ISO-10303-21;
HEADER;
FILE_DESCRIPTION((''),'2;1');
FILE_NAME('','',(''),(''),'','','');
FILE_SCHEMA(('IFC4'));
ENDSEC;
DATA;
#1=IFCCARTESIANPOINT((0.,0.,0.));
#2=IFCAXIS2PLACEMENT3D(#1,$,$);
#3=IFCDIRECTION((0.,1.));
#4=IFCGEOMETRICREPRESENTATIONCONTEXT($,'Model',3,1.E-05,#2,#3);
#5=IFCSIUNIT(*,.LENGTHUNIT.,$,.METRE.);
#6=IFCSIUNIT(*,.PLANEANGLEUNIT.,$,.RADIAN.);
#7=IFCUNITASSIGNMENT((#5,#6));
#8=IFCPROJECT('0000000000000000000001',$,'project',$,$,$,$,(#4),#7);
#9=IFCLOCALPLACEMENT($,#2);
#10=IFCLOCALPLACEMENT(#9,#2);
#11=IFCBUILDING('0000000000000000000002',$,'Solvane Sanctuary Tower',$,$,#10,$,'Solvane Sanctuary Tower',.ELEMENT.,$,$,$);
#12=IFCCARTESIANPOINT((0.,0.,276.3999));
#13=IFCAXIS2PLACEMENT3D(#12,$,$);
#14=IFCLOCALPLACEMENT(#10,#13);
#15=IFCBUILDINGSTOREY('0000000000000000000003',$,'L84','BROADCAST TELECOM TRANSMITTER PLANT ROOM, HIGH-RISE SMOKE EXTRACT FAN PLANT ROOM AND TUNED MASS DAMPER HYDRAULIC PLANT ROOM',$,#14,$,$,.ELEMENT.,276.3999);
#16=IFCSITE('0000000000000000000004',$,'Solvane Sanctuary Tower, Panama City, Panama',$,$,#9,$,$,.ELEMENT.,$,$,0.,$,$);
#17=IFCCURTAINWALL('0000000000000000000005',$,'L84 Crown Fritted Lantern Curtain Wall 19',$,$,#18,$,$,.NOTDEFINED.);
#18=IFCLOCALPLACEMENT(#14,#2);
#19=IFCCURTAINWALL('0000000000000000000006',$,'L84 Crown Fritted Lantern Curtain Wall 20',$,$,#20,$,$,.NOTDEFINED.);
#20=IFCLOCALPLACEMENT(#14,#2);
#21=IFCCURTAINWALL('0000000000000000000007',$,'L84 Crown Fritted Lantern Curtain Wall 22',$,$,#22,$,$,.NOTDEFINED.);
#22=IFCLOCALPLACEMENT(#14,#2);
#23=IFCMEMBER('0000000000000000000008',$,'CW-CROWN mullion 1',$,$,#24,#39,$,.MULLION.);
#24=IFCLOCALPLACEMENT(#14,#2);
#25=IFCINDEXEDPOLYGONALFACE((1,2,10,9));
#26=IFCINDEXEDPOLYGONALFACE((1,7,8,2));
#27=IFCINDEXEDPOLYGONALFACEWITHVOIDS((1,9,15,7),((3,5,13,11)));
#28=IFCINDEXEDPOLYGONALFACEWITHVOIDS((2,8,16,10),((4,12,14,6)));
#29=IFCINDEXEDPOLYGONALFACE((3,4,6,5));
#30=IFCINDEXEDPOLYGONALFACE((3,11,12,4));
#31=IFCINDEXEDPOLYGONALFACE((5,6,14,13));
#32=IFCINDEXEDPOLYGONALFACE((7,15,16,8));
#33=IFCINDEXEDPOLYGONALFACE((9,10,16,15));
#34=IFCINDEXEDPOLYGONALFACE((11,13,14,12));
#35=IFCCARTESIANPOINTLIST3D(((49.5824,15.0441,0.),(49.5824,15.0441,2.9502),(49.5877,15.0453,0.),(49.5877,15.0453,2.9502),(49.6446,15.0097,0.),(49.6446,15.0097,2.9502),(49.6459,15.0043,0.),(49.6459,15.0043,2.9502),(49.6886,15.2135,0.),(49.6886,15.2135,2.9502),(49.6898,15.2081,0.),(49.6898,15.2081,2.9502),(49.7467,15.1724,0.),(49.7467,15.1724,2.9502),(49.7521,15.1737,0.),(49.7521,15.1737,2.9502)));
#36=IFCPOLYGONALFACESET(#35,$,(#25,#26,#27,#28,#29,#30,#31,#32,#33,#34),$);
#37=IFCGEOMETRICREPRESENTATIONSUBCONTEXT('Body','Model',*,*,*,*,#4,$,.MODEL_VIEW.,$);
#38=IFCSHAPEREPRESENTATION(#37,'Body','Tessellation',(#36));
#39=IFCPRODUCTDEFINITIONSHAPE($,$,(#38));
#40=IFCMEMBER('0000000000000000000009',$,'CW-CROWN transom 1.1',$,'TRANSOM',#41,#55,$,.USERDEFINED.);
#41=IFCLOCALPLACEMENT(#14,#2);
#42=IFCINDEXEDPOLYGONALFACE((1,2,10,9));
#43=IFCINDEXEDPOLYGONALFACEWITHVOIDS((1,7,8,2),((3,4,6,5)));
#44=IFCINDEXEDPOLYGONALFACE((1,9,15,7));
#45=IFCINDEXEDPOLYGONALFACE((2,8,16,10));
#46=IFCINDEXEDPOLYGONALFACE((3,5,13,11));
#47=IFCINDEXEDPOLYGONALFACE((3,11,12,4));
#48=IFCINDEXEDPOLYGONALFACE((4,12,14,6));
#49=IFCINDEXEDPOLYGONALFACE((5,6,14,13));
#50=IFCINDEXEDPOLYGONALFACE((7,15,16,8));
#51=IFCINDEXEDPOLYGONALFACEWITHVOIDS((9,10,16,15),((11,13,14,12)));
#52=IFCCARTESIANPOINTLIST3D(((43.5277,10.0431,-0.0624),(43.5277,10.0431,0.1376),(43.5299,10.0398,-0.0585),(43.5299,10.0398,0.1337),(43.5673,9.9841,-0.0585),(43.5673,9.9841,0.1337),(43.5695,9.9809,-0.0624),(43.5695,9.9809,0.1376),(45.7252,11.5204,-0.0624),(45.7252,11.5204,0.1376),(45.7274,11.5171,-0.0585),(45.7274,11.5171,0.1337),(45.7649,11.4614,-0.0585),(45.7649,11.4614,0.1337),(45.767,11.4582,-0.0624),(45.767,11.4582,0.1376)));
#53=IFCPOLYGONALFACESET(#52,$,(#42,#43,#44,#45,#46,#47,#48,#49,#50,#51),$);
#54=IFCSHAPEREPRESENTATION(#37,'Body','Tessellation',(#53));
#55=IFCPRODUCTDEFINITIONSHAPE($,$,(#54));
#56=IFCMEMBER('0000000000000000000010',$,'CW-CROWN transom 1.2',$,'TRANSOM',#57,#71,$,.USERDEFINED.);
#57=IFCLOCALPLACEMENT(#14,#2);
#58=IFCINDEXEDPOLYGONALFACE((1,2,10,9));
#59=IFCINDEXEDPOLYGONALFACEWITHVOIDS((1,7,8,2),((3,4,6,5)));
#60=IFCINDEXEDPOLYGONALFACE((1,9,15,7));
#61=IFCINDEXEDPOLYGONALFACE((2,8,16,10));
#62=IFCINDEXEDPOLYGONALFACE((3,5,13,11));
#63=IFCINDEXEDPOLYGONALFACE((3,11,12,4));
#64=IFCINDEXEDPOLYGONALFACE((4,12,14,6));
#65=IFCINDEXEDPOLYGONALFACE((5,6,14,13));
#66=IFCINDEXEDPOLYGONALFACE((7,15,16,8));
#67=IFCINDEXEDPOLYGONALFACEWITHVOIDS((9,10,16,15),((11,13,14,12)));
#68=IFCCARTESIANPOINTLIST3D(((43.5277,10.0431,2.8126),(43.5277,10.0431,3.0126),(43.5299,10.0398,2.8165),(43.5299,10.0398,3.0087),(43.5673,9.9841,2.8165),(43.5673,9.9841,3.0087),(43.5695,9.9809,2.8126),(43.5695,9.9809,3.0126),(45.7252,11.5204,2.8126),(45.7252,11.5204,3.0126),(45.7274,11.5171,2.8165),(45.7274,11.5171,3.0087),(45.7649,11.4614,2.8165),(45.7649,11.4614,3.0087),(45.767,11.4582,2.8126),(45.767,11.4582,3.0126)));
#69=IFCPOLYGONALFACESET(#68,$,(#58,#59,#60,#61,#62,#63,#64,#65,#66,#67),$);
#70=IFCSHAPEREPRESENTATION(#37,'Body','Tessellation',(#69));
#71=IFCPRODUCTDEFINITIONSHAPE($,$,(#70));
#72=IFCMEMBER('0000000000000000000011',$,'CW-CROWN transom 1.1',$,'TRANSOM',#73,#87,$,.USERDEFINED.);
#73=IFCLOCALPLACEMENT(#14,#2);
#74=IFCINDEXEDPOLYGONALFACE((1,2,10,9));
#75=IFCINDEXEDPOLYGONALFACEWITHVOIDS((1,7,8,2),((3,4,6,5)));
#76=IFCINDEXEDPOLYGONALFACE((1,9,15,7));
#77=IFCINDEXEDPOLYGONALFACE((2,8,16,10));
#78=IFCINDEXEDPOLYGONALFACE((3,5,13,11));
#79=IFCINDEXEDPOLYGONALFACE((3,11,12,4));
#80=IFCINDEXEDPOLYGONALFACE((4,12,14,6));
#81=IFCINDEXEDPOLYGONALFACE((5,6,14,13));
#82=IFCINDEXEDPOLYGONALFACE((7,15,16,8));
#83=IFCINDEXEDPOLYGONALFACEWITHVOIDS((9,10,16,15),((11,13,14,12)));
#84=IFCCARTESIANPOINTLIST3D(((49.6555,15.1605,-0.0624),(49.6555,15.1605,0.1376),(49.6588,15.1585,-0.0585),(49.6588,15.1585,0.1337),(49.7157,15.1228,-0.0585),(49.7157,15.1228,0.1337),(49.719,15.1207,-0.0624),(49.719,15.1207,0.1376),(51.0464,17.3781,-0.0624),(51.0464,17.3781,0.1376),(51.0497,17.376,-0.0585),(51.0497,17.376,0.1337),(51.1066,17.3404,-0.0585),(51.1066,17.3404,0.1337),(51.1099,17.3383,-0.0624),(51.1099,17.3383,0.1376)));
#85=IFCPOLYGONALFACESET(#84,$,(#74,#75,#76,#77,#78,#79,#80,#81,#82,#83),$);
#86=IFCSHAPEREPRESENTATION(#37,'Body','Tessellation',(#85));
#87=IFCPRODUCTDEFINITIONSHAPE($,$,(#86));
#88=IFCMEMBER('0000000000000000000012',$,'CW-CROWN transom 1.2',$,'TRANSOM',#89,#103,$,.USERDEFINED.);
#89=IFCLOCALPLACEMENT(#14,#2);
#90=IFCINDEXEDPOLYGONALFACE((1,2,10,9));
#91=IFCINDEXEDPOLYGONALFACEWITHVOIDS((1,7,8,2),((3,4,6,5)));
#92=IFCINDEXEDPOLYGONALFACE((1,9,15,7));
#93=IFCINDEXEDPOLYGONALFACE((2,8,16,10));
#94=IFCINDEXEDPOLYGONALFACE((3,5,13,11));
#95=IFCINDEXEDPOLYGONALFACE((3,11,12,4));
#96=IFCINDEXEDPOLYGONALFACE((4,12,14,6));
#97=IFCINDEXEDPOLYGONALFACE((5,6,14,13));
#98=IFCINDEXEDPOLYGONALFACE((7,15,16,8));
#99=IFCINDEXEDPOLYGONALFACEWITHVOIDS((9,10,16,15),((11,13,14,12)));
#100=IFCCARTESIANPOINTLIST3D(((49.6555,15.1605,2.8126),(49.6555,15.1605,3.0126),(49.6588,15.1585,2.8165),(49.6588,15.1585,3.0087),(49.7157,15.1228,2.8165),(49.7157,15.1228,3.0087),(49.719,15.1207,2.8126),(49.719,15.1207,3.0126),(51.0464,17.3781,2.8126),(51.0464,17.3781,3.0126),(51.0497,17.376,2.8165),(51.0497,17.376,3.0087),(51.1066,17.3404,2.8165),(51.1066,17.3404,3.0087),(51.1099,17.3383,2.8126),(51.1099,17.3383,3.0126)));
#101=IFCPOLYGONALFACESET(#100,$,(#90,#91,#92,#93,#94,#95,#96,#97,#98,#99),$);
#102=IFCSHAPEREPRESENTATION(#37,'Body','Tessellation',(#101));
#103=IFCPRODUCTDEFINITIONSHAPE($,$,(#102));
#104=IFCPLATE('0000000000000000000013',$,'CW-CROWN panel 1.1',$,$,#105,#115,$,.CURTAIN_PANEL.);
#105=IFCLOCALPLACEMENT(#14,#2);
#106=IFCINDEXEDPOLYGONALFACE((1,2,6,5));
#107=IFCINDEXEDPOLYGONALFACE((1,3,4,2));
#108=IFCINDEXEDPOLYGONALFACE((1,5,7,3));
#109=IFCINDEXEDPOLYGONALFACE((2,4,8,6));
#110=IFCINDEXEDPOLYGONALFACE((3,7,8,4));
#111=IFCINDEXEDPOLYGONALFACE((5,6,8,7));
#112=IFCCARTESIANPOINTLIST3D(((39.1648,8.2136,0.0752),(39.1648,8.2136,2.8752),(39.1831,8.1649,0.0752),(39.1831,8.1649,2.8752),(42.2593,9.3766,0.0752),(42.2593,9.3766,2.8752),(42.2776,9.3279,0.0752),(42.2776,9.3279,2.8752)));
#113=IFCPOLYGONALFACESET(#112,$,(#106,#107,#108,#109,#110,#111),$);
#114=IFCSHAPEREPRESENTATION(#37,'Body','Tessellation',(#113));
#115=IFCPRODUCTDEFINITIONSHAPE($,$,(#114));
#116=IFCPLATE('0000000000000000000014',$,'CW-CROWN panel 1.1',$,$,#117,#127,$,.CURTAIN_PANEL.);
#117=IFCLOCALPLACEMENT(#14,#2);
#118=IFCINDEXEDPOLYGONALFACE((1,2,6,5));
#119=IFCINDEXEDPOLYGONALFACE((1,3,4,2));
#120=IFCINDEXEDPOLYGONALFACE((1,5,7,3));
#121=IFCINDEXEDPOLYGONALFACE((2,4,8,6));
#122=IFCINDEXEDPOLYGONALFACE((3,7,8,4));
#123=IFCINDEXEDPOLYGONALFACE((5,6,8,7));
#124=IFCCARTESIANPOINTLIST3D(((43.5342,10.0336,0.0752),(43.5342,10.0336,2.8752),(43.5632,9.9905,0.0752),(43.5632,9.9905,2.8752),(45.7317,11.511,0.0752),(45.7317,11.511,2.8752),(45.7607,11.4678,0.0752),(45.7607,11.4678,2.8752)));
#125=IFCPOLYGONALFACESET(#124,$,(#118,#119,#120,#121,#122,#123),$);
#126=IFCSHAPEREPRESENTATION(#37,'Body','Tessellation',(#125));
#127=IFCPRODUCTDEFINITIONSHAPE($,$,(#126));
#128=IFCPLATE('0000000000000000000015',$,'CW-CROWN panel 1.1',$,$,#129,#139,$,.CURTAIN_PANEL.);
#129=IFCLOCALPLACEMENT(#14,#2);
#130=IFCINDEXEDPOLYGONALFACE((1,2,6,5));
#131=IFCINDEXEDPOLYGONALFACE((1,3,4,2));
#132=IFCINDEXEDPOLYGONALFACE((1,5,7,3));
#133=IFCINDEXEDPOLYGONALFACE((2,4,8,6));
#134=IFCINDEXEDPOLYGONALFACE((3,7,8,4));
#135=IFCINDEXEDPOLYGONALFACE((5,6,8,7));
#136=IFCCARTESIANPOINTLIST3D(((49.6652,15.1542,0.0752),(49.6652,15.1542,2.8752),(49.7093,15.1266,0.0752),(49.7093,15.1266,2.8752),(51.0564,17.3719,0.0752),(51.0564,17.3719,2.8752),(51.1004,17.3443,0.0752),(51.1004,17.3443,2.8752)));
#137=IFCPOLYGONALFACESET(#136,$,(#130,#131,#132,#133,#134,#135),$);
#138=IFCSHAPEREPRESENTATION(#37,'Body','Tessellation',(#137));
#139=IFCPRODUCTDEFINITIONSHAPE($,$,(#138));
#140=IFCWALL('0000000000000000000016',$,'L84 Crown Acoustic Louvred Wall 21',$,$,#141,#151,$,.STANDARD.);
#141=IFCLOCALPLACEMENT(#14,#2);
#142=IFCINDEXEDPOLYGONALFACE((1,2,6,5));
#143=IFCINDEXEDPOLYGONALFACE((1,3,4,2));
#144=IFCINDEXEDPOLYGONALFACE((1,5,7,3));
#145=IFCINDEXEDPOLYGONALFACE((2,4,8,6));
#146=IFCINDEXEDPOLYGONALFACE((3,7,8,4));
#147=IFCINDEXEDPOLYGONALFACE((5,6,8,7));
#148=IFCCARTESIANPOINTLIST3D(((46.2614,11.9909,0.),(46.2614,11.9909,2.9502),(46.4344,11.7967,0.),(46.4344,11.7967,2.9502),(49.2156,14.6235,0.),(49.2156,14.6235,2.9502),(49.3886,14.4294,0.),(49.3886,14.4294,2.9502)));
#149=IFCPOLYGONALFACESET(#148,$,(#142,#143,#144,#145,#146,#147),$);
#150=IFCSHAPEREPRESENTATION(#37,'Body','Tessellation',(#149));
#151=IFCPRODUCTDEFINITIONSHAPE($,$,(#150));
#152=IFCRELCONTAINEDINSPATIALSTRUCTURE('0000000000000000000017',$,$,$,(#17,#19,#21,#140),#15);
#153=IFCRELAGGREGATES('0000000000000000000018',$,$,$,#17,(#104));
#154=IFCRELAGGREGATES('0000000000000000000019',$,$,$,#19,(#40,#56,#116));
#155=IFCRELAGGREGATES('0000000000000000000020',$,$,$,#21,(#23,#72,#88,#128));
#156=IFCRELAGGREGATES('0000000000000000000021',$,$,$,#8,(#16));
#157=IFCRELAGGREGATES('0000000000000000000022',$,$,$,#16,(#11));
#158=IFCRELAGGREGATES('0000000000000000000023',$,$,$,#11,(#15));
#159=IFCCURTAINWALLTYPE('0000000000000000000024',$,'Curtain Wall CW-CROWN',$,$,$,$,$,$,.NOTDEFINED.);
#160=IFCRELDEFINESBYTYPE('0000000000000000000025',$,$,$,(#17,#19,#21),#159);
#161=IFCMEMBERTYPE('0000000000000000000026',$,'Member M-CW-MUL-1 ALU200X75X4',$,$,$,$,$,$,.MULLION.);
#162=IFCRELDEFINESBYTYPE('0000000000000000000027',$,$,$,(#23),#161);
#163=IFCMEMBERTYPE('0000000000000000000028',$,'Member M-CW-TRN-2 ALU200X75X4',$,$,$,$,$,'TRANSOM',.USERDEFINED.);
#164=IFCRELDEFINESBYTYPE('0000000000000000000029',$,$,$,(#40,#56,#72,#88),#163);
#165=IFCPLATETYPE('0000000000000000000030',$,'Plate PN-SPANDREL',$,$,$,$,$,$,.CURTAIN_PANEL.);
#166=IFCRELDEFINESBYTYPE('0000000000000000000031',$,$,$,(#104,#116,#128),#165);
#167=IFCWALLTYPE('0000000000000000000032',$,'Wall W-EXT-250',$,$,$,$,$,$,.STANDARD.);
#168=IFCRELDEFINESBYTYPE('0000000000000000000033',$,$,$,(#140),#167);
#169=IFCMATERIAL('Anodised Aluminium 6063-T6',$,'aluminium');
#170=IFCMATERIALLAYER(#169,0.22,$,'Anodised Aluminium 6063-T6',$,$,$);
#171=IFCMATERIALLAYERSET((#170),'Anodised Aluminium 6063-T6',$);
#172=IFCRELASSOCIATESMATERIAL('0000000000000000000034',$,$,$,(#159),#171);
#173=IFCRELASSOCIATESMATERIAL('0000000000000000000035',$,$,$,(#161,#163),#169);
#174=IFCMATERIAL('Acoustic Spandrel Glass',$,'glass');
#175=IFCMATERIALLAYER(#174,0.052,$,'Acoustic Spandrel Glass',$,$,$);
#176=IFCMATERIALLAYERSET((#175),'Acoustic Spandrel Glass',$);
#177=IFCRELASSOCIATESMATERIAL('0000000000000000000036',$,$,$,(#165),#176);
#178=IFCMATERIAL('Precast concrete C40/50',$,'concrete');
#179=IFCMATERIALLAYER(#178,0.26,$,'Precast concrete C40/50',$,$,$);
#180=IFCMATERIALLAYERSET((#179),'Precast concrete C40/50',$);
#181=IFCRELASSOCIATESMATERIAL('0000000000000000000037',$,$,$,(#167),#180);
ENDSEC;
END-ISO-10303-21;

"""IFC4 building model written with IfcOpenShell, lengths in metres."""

from ifc_helpers import new_model, si_unit, direction, frame, frame_2d, origin, origin_2d, place, context, subcontext, project, spatial, rectangle, hollow_rectangle, extrude, material, layer, layer_set, material_profile, profile_set, type_object, element, aggregate, save


model = new_model("IFC4")

# Units and contexts
model_context = context("Model", 3, precision=1e-05, world=origin(), true_north=direction((0.0, 1.0)))
body_context = subcontext(model_context, "Body", "Model", "MODEL_VIEW")
ifc_project = project(units=[si_unit("LENGTHUNIT", "METRE"), si_unit("PLANEANGLEUNIT", "RADIAN")], contexts=[model_context])

# Site, building, storey
site_placement = place(None, origin())
site = spatial("IfcSite", under=ifc_project, at=site_placement, Name="Solvane Sanctuary Tower, Panama City, Panama", CompositionType="ELEMENT", RefElevation=0.0)
building_placement = place(site_placement, origin())
building = spatial("IfcBuilding", under=site, at=building_placement, Name="Solvane Sanctuary Tower", LongName="Solvane Sanctuary Tower", CompositionType="ELEMENT")
storey_placement = place(building_placement, frame((0.0, 0.0, 276.3999)))
storey = spatial("IfcBuildingStorey", under=building, at=storey_placement, Name="L84", Description="BROADCAST TELECOM TRANSMITTER PLANT ROOM, HIGH-RISE SMOKE EXTRACT FAN PLANT ROOM AND TUNED MASS DAMPER HYDRAULIC PLANT ROOM", CompositionType="ELEMENT", Elevation=276.3999)

# Curtain wall
ifc_material_1 = material(Name="Anodised Aluminium 6063-T6", Category="aluminium")
ifc_layer_1 = layer(ifc_material_1, 0.22, Name="Anodised Aluminium 6063-T6")
ifc_layer_set_1 = layer_set([ifc_layer_1], Name="Anodised Aluminium 6063-T6")
curtain_wall_type = type_object("IfcCurtainWallType", Name="Curtain Wall CW-CROWN", PredefinedType="NOTDEFINED", material=ifc_layer_set_1)
curtain_wall_1_placement = place(storey_placement, origin())
curtain_wall_1 = element("IfcCurtainWall", 1, at=curtain_wall_1_placement, inside=storey, type_object=curtain_wall_type, Name="L84 Crown Fritted Lantern Curtain Wall 19", PredefinedType="NOTDEFINED")
ifc_material_profile_1 = material_profile(ifc_material_1, hollow_rectangle(XDim=0.075, YDim=0.2, WallThickness=0.0039, at=origin_2d()), Name="ALU200X75X4")
ifc_profile_set_1 = profile_set([ifc_material_profile_1], Name="Anodised Aluminium 6063-T6")
member_type_1 = type_object("IfcMemberType", Name="Member M-CW-MUL-1 ALU200X75X4", PredefinedType="MULLION", material=ifc_profile_set_1)

# Curtain wall
curtain_wall_2_placement = place(storey_placement, origin())
curtain_wall_2 = element("IfcCurtainWall", 2, at=curtain_wall_2_placement, inside=storey, type_object=curtain_wall_type, Name="L84 Crown Fritted Lantern Curtain Wall 20", PredefinedType="NOTDEFINED")

# Curtain wall, member
curtain_wall_3_placement = place(storey_placement, origin())
curtain_wall_3 = element("IfcCurtainWall", 3, at=curtain_wall_3_placement, inside=storey, type_object=curtain_wall_type, Name="L84 Crown Fritted Lantern Curtain Wall 22", PredefinedType="NOTDEFINED")
member_1_placement = place(storey_placement, frame((49.6672, 15.1089, 0.0), z_axis=(0.0, 0.0, 1.0), x_axis=(-0.847126, 0.531391, 0.0)))
member_1 = element("IfcMember", 4, at=member_1_placement, type_object=member_type_1, Name="CW-CROWN mullion 1", PredefinedType="MULLION", context=body_context, shape_type="SweptSolid", body=[
    extrude(hollow_rectangle(XDim=0.075, YDim=0.2, WallThickness=0.0039, at=origin_2d()), origin(), (0.0, 0.0, 1.0), 2.9502),
])

# Members
ifc_material_profile_2 = material_profile(ifc_material_1, hollow_rectangle(XDim=0.075, YDim=0.2, WallThickness=0.0039, at=origin_2d()), Name="ALU200X75X4")
ifc_profile_set_2 = profile_set([ifc_material_profile_2], Name="Anodised Aluminium 6063-T6")
member_type_2 = type_object("IfcMemberType", Name="Member M-CW-TRN-2 ALU200X75X4", ElementType="TRANSOM", PredefinedType="USERDEFINED", material=ifc_profile_set_2)
member_2_placement = place(storey_placement, frame((43.5486, 10.012, 0.0376), z_axis=(0.829902, 0.557909, 0.0), x_axis=(-0.557909, 0.829902, 0.0)))
member_2 = element("IfcMember", 5, at=member_2_placement, type_object=member_type_2, Name="CW-CROWN transom 1.1", ObjectType="TRANSOM", PredefinedType="USERDEFINED", context=body_context, shape_type="SweptSolid", body=[
    extrude(hollow_rectangle(XDim=0.075, YDim=0.2, WallThickness=0.0039, at=origin_2d()), origin(), (0.0, 0.0, 1.0), 2.6479),
])
member_3_placement = place(storey_placement, frame((43.5486, 10.012, 2.9126), z_axis=(0.829902, 0.557909, 0.0), x_axis=(-0.557909, 0.829902, 0.0)))
member_3 = element("IfcMember", 6, at=member_3_placement, type_object=member_type_2, Name="CW-CROWN transom 1.2", ObjectType="TRANSOM", PredefinedType="USERDEFINED", context=body_context, shape_type="SweptSolid", body=[
    extrude(hollow_rectangle(XDim=0.075, YDim=0.2, WallThickness=0.0039, at=origin_2d()), origin(), (0.0, 0.0, 1.0), 2.6479),
])
member_4_placement = place(storey_placement, frame((49.6873, 15.1406, 0.0376), z_axis=(0.531348, 0.847154, 0.0), x_axis=(-0.847154, 0.531348, 0.0)))
member_4 = element("IfcMember", 7, at=member_4_placement, type_object=member_type_2, Name="CW-CROWN transom 1.1", ObjectType="TRANSOM", PredefinedType="USERDEFINED", context=body_context, shape_type="SweptSolid", body=[
    extrude(hollow_rectangle(XDim=0.075, YDim=0.2, WallThickness=0.0039, at=origin_2d()), origin(), (0.0, 0.0, 1.0), 2.6177),
])
member_5_placement = place(storey_placement, frame((49.6873, 15.1406, 2.9126), z_axis=(0.531348, 0.847154, 0.0), x_axis=(-0.847154, 0.531348, 0.0)))
member_5 = element("IfcMember", 8, at=member_5_placement, type_object=member_type_2, Name="CW-CROWN transom 1.2", ObjectType="TRANSOM", PredefinedType="USERDEFINED", context=body_context, shape_type="SweptSolid", body=[
    extrude(hollow_rectangle(XDim=0.075, YDim=0.2, WallThickness=0.0039, at=origin_2d()), origin(), (0.0, 0.0, 1.0), 2.6177),
])

# Plates
ifc_material_2 = material(Name="Acoustic Spandrel Glass", Category="glass")
ifc_layer_2 = layer(ifc_material_2, 0.052, Name="Acoustic Spandrel Glass")
ifc_layer_set_2 = layer_set([ifc_layer_2], Name="Acoustic Spandrel Glass")
plate_type = type_object("IfcPlateType", Name="Plate PN-SPANDREL", PredefinedType="CURTAIN_PANEL", material=ifc_layer_set_2)
plate_1_placement = place(storey_placement, frame((40.7212, 8.7708, 0.0752), z_axis=(0.0, 0.0, 1.0), x_axis=(0.936071, 0.351811, 0.0)))
plate_1 = element("IfcPlate", 9, at=plate_1_placement, type_object=plate_type, Name="CW-CROWN panel 1.1", PredefinedType="CURTAIN_PANEL", context=body_context, shape_type="SweptSolid", body=[
    extrude(rectangle(XDim=3.3059, YDim=0.052, at=origin_2d()), origin(), (0.0, 0.0, 1.0), 2.8),
])
aggregate(curtain_wall_1, [plate_1])
plate_2_placement = place(storey_placement, frame((44.6475, 10.7507, 0.0752), z_axis=(0.0, 0.0, 1.0), x_axis=(0.829883, 0.557937, 0.0)))
plate_2 = element("IfcPlate", 10, at=plate_2_placement, type_object=plate_type, Name="CW-CROWN panel 1.1", PredefinedType="CURTAIN_PANEL", context=body_context, shape_type="SweptSolid", body=[
    extrude(rectangle(XDim=2.6479, YDim=0.052, at=origin_2d()), origin(), (0.0, 0.0, 1.0), 2.8),
])
aggregate(curtain_wall_2, [member_2, member_3, plate_2])
plate_3_placement = place(storey_placement, frame((50.3828, 16.2493, 0.0752), z_axis=(0.0, 0.0, 1.0), x_axis=(0.531391, 0.847126, 0.0)))
plate_3 = element("IfcPlate", 11, at=plate_3_placement, type_object=plate_type, Name="CW-CROWN panel 1.1", PredefinedType="CURTAIN_PANEL", context=body_context, shape_type="SweptSolid", body=[
    extrude(rectangle(XDim=2.6179, YDim=0.052, at=origin_2d()), origin(), (0.0, 0.0, 1.0), 2.8),
])
aggregate(curtain_wall_3, [member_1, member_4, member_5, plate_3])

# Wall
ifc_material_3 = material(Name="Precast concrete C40/50", Category="concrete")
ifc_layer_3 = layer(ifc_material_3, 0.26, Name="Precast concrete C40/50")
ifc_layer_set_3 = layer_set([ifc_layer_3], Name="Precast concrete C40/50")
wall_type = type_object("IfcWallType", Name="Wall W-EXT-250", PredefinedType="STANDARD", material=ifc_layer_set_3)
wall_placement = place(storey_placement, frame((46.3479, 11.8938, 0.0), z_axis=(0.0, 0.0, 1.0), x_axis=(0.746568, 0.665309, 0.0)))
element("IfcWall", 12, at=wall_placement, inside=storey, type_object=wall_type, Name="L84 Crown Acoustic Louvred Wall 21", PredefinedType="STANDARD", context=body_context, shape_type="SweptSolid", body=[
    extrude(rectangle(XDim=3.957, YDim=0.26, at=frame_2d((1.9785, 0.0))), origin(), (0.0, 0.0, 1.0), 2.9502),
])

save(model, "model.ifc")
